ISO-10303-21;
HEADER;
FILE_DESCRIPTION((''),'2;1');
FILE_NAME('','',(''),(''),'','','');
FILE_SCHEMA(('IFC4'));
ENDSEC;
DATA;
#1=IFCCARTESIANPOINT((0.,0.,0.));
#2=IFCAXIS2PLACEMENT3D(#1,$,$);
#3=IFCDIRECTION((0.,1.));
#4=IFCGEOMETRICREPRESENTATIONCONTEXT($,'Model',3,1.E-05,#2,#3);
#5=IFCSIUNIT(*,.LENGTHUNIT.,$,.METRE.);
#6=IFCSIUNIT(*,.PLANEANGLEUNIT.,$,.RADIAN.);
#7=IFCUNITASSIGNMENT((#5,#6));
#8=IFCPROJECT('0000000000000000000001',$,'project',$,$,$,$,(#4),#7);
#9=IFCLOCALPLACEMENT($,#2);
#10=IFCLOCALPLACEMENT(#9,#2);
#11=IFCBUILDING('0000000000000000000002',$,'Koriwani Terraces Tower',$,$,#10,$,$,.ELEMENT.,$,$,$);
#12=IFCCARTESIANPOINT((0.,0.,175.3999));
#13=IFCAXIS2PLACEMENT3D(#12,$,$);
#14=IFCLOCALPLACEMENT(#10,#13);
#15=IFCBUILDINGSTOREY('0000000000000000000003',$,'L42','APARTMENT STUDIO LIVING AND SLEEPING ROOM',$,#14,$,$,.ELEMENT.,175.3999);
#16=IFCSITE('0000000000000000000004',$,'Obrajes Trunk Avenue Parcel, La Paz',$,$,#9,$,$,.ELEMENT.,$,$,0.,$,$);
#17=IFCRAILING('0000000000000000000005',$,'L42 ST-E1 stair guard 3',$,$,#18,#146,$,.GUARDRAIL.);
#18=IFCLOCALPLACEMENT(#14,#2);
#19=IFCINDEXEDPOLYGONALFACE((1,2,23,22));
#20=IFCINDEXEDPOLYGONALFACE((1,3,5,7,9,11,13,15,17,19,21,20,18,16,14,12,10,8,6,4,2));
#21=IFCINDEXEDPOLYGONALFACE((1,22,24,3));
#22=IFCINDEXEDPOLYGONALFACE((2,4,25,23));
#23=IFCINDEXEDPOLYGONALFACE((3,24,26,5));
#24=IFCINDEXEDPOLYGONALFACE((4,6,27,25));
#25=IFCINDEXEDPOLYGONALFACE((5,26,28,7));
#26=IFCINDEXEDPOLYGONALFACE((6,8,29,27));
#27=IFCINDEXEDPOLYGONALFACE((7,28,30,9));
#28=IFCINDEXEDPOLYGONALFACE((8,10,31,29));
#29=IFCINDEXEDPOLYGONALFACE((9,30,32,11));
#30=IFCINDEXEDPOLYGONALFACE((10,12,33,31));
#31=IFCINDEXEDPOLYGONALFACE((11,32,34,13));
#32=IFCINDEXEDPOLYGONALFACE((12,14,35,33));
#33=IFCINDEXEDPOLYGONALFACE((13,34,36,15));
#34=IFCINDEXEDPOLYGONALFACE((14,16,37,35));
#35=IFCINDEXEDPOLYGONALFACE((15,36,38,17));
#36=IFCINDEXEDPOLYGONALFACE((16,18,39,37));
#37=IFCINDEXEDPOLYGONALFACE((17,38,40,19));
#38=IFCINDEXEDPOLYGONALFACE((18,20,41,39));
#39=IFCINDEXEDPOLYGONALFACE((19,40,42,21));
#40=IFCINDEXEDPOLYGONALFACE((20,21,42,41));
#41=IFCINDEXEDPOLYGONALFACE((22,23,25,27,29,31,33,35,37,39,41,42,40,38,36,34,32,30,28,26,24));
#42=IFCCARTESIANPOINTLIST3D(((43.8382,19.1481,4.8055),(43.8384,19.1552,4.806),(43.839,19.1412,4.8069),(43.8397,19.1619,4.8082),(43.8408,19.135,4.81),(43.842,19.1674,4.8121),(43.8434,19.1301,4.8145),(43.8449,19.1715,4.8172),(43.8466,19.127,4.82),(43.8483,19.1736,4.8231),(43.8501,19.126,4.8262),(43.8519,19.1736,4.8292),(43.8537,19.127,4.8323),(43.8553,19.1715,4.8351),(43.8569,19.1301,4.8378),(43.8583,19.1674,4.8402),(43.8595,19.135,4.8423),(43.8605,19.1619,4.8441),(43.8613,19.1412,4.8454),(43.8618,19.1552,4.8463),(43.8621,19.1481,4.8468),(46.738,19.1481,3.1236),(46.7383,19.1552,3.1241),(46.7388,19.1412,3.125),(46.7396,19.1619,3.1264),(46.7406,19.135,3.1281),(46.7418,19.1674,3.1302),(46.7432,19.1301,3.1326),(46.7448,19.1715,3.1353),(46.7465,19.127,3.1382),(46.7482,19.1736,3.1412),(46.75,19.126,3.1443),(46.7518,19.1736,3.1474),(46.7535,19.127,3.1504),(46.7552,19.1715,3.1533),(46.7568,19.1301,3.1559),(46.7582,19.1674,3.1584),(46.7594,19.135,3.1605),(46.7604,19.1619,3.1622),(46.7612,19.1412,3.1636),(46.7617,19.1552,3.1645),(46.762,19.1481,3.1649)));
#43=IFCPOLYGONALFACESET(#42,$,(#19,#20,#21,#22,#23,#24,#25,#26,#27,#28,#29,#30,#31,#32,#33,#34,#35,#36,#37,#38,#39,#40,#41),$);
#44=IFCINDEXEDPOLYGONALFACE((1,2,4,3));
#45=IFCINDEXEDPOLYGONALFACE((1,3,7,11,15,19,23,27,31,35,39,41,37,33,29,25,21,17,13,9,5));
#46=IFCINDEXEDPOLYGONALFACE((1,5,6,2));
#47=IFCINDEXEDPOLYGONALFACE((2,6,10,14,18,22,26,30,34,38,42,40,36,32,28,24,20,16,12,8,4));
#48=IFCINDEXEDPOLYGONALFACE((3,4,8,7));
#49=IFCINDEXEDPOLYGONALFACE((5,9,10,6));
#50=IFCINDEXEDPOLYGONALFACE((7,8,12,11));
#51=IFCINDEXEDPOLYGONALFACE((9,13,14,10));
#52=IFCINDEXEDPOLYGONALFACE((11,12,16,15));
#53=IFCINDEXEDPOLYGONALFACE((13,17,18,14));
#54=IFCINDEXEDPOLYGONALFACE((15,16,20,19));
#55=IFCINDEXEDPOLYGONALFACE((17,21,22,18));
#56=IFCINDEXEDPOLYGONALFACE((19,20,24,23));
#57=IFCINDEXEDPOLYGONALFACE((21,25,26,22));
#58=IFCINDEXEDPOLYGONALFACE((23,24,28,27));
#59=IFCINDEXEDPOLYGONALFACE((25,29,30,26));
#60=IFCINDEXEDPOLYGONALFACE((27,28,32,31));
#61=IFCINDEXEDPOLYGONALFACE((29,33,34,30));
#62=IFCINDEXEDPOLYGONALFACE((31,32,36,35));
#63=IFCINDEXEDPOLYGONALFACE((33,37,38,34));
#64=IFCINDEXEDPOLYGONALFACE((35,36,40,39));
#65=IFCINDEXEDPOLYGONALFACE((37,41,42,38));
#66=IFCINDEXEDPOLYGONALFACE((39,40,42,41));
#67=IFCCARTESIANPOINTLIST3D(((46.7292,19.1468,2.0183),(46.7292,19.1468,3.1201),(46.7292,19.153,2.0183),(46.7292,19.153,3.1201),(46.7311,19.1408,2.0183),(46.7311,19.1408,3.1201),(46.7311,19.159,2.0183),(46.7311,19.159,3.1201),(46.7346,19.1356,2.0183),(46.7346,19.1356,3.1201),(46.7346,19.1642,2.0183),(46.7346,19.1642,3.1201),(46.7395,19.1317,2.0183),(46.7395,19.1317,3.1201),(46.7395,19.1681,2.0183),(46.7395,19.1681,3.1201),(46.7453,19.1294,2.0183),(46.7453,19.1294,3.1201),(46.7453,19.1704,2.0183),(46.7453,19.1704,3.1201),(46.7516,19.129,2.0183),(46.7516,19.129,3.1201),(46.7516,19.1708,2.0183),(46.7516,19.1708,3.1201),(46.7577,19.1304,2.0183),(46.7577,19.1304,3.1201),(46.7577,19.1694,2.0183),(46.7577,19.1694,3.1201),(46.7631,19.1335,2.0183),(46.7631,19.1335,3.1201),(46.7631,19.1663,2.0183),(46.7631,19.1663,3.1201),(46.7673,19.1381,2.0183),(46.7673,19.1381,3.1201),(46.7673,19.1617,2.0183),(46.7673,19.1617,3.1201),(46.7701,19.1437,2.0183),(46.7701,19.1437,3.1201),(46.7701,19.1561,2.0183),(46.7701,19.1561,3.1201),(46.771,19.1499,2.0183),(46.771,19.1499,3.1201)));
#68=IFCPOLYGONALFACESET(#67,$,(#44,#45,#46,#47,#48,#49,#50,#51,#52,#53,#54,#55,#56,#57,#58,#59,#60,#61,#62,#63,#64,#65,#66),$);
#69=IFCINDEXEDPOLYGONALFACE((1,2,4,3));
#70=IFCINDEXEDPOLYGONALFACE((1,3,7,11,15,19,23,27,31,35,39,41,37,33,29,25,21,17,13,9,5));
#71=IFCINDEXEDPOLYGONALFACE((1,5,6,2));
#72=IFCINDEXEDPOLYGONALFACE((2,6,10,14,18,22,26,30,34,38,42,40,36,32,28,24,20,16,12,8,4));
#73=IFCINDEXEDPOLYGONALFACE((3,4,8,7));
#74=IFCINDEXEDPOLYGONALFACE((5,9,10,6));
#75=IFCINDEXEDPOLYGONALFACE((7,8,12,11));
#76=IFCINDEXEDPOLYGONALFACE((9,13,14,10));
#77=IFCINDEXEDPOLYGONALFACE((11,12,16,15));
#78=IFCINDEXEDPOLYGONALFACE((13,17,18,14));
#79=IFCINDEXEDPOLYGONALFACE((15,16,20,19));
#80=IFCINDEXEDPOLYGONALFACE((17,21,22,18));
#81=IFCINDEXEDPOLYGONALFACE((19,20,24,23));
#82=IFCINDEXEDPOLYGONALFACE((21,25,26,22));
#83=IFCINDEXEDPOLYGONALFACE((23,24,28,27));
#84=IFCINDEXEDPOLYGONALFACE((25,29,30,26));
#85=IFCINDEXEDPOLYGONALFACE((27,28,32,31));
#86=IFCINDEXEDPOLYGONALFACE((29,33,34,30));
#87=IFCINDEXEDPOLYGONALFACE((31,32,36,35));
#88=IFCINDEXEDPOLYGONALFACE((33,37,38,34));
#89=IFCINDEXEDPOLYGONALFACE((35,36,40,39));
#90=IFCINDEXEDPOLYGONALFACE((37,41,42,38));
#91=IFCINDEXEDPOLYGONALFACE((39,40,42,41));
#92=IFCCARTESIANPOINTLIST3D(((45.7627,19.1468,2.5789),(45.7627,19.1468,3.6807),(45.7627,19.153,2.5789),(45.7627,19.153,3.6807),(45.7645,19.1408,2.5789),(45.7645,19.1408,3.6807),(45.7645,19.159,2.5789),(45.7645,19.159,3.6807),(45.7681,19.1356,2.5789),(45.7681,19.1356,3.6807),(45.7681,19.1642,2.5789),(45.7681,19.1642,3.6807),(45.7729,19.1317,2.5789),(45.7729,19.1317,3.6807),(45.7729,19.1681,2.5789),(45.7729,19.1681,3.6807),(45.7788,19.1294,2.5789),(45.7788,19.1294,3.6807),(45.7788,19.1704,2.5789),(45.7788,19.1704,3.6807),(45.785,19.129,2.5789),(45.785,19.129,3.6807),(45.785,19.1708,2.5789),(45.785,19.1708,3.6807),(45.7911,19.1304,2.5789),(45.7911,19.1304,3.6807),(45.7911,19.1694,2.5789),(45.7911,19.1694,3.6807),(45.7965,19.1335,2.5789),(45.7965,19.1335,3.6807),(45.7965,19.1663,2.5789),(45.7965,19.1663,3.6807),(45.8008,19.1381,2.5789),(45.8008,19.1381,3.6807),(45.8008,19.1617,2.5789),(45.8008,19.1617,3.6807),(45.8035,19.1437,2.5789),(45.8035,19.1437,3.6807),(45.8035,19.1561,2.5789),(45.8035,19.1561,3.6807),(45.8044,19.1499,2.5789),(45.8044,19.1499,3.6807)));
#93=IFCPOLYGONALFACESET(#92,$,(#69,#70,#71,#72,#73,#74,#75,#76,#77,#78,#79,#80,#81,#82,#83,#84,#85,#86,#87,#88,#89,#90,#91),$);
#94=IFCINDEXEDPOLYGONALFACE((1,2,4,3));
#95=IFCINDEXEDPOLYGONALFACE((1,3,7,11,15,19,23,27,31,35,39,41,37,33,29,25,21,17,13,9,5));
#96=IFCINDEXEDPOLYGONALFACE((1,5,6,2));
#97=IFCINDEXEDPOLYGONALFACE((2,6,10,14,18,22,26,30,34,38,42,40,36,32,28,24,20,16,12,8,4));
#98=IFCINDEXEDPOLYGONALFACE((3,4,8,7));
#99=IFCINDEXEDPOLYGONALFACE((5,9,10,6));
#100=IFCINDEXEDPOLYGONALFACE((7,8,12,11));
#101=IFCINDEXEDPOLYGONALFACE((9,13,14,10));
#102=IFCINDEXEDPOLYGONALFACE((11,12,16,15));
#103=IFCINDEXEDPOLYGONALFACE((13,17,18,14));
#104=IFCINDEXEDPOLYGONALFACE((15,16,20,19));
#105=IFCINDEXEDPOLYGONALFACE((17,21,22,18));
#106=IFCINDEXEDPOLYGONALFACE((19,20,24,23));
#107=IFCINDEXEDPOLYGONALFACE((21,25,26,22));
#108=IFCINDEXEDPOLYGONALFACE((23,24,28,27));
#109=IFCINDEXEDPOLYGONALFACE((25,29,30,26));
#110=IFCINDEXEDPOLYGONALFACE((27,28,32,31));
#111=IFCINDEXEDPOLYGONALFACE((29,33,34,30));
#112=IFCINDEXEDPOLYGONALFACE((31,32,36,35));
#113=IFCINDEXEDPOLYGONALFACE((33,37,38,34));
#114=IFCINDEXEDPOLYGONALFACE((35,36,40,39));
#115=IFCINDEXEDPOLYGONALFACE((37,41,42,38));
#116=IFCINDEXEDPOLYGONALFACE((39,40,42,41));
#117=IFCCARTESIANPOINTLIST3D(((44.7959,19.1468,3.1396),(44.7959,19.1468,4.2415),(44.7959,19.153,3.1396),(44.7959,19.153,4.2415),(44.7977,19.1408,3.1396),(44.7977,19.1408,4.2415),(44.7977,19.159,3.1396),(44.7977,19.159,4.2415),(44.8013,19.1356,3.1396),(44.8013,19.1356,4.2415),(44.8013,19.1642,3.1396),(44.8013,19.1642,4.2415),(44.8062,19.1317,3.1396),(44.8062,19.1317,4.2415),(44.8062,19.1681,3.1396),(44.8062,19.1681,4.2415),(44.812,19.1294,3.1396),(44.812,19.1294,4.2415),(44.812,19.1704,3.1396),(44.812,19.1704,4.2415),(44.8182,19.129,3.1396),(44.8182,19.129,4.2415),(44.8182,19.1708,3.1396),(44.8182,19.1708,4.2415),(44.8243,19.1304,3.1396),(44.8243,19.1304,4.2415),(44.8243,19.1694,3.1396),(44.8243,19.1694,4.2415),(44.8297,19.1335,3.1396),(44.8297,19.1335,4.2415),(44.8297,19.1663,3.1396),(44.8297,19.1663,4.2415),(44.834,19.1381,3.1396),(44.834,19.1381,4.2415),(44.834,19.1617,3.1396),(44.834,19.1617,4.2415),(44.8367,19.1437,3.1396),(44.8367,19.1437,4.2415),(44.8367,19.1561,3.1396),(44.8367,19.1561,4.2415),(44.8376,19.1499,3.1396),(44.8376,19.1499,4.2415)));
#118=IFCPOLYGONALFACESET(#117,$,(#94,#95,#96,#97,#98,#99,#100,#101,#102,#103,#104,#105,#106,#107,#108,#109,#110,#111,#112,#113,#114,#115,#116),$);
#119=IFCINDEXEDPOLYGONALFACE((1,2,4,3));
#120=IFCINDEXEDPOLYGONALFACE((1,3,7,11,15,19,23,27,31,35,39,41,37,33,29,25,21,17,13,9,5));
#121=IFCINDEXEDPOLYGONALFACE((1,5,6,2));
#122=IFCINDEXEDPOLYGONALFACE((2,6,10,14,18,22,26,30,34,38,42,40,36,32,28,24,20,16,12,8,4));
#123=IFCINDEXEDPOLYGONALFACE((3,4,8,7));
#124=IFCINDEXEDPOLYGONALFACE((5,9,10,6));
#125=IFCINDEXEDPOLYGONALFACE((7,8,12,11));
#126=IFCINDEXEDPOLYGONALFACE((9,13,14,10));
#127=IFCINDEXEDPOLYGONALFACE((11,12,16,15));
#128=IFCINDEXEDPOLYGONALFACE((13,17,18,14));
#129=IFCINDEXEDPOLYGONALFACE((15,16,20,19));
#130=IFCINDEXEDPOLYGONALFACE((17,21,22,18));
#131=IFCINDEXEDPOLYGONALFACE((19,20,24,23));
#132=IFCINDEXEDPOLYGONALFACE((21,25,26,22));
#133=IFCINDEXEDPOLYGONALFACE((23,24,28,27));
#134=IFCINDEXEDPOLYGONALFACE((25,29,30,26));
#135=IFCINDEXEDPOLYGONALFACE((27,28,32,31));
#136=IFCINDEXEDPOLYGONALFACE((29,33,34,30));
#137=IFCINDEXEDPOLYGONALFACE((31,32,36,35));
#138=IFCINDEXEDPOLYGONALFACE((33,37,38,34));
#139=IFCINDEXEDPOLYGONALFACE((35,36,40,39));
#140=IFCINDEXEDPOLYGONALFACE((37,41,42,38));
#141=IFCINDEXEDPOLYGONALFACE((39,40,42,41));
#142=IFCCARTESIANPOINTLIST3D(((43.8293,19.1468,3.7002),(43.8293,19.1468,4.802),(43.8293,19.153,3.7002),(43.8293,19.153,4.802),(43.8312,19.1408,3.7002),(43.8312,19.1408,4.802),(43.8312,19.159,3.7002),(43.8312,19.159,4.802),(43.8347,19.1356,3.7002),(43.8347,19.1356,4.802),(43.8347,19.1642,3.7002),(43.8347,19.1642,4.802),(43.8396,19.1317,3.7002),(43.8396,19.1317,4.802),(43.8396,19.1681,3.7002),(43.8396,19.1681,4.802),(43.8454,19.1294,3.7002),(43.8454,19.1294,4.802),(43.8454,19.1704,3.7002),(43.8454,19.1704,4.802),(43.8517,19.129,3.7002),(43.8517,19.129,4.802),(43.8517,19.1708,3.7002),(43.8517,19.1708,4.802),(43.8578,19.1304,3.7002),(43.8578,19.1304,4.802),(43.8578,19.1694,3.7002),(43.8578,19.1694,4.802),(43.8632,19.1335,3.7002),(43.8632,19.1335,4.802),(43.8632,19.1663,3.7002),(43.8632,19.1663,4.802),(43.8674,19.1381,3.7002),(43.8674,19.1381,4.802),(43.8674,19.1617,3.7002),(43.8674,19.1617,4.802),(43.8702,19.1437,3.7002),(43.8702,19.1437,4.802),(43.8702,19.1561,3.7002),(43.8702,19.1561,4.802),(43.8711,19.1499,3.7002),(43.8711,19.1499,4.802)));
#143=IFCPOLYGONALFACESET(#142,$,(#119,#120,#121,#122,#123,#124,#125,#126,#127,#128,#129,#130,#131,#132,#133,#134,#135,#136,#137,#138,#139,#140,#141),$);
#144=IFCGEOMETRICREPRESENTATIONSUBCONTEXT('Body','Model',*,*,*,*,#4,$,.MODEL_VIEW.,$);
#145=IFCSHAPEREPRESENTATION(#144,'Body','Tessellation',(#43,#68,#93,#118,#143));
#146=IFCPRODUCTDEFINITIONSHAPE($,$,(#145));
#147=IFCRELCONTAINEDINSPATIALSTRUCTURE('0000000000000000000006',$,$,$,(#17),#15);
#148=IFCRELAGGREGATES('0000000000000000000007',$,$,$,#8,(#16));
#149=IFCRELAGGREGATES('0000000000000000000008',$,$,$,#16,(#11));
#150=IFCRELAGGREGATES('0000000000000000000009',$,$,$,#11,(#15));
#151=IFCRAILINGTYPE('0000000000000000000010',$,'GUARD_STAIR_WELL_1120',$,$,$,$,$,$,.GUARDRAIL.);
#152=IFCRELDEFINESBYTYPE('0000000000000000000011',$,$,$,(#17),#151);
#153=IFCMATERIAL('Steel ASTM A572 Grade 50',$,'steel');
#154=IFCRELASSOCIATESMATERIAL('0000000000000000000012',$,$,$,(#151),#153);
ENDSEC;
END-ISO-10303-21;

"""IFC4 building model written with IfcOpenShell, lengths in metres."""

from ifc_helpers import new_model, si_unit, direction, frame, origin, origin_2d, place, context, subcontext, project, spatial, circle, extrude, material, type_object, element, save


model = new_model("IFC4")

# Units and contexts
model_context = context("Model", 3, precision=1e-05, world=origin(), true_north=direction((0.0, 1.0)))
body_context = subcontext(model_context, "Body", "Model", "MODEL_VIEW")
ifc_project = project(units=[si_unit("LENGTHUNIT", "METRE"), si_unit("PLANEANGLEUNIT", "RADIAN")], contexts=[model_context])

# Site, building, storey
site_placement = place(None, origin())
site = spatial("IfcSite", under=ifc_project, at=site_placement, Name="Obrajes Trunk Avenue Parcel, La Paz", CompositionType="ELEMENT", RefElevation=0.0)
building_placement = place(site_placement, origin())
building = spatial("IfcBuilding", under=site, at=building_placement, Name="Koriwani Terraces Tower", CompositionType="ELEMENT")
storey_placement = place(building_placement, frame((0.0, 0.0, 175.3999)))
storey = spatial("IfcBuildingStorey", under=building, at=storey_placement, Name="L42", Description="APARTMENT STUDIO LIVING AND SLEEPING ROOM", CompositionType="ELEMENT", Elevation=175.3999)

# Shared definitions
ifc_material_1 = material(Name="Steel ASTM A572 Grade 50", Category="steel")

# Railing
railing_type_1 = type_object("IfcRailingType", Name="GUARD_STAIR_WELL_1120", PredefinedType="GUARDRAIL", material=ifc_material_1)
railing_1_placement = place(storey_placement, frame((46.75, 19.1499, 2.0183)))
element("IfcRailing", 1, at=railing_1_placement, inside=storey, type_object=railing_type_1, Name="L42 ST-E1 stair guard 3", PredefinedType="GUARDRAIL", context=body_context, shape_type="SweptSolid", body=[
    extrude(circle(Radius=0.0239, at=origin_2d()), frame((0.0, 0.0, 1.126), z_axis=(-0.865039, 0.0, 0.501705), x_axis=(0.0, -1.0, 0.0)), (0.0, 0.0, 1.0), 3.3523),
    extrude(circle(Radius=0.021, at=origin_2d()), origin(), (0.0, 0.0, 1.0), 1.1018),
    extrude(circle(Radius=0.021, at=origin_2d()), frame((-0.9666, 0.0, 0.5605)), (0.0, 0.0, 1.0), 1.1018),
    extrude(circle(Radius=0.021, at=origin_2d()), frame((-1.9333, 0.0, 1.1213)), (0.0, 0.0, 1.0), 1.1018),
    extrude(circle(Radius=0.021, at=origin_2d()), frame((-2.8999, 0.0, 1.6819)), (0.0, 0.0, 1.0), 1.1018),
])

save(model, "model.ifc")
